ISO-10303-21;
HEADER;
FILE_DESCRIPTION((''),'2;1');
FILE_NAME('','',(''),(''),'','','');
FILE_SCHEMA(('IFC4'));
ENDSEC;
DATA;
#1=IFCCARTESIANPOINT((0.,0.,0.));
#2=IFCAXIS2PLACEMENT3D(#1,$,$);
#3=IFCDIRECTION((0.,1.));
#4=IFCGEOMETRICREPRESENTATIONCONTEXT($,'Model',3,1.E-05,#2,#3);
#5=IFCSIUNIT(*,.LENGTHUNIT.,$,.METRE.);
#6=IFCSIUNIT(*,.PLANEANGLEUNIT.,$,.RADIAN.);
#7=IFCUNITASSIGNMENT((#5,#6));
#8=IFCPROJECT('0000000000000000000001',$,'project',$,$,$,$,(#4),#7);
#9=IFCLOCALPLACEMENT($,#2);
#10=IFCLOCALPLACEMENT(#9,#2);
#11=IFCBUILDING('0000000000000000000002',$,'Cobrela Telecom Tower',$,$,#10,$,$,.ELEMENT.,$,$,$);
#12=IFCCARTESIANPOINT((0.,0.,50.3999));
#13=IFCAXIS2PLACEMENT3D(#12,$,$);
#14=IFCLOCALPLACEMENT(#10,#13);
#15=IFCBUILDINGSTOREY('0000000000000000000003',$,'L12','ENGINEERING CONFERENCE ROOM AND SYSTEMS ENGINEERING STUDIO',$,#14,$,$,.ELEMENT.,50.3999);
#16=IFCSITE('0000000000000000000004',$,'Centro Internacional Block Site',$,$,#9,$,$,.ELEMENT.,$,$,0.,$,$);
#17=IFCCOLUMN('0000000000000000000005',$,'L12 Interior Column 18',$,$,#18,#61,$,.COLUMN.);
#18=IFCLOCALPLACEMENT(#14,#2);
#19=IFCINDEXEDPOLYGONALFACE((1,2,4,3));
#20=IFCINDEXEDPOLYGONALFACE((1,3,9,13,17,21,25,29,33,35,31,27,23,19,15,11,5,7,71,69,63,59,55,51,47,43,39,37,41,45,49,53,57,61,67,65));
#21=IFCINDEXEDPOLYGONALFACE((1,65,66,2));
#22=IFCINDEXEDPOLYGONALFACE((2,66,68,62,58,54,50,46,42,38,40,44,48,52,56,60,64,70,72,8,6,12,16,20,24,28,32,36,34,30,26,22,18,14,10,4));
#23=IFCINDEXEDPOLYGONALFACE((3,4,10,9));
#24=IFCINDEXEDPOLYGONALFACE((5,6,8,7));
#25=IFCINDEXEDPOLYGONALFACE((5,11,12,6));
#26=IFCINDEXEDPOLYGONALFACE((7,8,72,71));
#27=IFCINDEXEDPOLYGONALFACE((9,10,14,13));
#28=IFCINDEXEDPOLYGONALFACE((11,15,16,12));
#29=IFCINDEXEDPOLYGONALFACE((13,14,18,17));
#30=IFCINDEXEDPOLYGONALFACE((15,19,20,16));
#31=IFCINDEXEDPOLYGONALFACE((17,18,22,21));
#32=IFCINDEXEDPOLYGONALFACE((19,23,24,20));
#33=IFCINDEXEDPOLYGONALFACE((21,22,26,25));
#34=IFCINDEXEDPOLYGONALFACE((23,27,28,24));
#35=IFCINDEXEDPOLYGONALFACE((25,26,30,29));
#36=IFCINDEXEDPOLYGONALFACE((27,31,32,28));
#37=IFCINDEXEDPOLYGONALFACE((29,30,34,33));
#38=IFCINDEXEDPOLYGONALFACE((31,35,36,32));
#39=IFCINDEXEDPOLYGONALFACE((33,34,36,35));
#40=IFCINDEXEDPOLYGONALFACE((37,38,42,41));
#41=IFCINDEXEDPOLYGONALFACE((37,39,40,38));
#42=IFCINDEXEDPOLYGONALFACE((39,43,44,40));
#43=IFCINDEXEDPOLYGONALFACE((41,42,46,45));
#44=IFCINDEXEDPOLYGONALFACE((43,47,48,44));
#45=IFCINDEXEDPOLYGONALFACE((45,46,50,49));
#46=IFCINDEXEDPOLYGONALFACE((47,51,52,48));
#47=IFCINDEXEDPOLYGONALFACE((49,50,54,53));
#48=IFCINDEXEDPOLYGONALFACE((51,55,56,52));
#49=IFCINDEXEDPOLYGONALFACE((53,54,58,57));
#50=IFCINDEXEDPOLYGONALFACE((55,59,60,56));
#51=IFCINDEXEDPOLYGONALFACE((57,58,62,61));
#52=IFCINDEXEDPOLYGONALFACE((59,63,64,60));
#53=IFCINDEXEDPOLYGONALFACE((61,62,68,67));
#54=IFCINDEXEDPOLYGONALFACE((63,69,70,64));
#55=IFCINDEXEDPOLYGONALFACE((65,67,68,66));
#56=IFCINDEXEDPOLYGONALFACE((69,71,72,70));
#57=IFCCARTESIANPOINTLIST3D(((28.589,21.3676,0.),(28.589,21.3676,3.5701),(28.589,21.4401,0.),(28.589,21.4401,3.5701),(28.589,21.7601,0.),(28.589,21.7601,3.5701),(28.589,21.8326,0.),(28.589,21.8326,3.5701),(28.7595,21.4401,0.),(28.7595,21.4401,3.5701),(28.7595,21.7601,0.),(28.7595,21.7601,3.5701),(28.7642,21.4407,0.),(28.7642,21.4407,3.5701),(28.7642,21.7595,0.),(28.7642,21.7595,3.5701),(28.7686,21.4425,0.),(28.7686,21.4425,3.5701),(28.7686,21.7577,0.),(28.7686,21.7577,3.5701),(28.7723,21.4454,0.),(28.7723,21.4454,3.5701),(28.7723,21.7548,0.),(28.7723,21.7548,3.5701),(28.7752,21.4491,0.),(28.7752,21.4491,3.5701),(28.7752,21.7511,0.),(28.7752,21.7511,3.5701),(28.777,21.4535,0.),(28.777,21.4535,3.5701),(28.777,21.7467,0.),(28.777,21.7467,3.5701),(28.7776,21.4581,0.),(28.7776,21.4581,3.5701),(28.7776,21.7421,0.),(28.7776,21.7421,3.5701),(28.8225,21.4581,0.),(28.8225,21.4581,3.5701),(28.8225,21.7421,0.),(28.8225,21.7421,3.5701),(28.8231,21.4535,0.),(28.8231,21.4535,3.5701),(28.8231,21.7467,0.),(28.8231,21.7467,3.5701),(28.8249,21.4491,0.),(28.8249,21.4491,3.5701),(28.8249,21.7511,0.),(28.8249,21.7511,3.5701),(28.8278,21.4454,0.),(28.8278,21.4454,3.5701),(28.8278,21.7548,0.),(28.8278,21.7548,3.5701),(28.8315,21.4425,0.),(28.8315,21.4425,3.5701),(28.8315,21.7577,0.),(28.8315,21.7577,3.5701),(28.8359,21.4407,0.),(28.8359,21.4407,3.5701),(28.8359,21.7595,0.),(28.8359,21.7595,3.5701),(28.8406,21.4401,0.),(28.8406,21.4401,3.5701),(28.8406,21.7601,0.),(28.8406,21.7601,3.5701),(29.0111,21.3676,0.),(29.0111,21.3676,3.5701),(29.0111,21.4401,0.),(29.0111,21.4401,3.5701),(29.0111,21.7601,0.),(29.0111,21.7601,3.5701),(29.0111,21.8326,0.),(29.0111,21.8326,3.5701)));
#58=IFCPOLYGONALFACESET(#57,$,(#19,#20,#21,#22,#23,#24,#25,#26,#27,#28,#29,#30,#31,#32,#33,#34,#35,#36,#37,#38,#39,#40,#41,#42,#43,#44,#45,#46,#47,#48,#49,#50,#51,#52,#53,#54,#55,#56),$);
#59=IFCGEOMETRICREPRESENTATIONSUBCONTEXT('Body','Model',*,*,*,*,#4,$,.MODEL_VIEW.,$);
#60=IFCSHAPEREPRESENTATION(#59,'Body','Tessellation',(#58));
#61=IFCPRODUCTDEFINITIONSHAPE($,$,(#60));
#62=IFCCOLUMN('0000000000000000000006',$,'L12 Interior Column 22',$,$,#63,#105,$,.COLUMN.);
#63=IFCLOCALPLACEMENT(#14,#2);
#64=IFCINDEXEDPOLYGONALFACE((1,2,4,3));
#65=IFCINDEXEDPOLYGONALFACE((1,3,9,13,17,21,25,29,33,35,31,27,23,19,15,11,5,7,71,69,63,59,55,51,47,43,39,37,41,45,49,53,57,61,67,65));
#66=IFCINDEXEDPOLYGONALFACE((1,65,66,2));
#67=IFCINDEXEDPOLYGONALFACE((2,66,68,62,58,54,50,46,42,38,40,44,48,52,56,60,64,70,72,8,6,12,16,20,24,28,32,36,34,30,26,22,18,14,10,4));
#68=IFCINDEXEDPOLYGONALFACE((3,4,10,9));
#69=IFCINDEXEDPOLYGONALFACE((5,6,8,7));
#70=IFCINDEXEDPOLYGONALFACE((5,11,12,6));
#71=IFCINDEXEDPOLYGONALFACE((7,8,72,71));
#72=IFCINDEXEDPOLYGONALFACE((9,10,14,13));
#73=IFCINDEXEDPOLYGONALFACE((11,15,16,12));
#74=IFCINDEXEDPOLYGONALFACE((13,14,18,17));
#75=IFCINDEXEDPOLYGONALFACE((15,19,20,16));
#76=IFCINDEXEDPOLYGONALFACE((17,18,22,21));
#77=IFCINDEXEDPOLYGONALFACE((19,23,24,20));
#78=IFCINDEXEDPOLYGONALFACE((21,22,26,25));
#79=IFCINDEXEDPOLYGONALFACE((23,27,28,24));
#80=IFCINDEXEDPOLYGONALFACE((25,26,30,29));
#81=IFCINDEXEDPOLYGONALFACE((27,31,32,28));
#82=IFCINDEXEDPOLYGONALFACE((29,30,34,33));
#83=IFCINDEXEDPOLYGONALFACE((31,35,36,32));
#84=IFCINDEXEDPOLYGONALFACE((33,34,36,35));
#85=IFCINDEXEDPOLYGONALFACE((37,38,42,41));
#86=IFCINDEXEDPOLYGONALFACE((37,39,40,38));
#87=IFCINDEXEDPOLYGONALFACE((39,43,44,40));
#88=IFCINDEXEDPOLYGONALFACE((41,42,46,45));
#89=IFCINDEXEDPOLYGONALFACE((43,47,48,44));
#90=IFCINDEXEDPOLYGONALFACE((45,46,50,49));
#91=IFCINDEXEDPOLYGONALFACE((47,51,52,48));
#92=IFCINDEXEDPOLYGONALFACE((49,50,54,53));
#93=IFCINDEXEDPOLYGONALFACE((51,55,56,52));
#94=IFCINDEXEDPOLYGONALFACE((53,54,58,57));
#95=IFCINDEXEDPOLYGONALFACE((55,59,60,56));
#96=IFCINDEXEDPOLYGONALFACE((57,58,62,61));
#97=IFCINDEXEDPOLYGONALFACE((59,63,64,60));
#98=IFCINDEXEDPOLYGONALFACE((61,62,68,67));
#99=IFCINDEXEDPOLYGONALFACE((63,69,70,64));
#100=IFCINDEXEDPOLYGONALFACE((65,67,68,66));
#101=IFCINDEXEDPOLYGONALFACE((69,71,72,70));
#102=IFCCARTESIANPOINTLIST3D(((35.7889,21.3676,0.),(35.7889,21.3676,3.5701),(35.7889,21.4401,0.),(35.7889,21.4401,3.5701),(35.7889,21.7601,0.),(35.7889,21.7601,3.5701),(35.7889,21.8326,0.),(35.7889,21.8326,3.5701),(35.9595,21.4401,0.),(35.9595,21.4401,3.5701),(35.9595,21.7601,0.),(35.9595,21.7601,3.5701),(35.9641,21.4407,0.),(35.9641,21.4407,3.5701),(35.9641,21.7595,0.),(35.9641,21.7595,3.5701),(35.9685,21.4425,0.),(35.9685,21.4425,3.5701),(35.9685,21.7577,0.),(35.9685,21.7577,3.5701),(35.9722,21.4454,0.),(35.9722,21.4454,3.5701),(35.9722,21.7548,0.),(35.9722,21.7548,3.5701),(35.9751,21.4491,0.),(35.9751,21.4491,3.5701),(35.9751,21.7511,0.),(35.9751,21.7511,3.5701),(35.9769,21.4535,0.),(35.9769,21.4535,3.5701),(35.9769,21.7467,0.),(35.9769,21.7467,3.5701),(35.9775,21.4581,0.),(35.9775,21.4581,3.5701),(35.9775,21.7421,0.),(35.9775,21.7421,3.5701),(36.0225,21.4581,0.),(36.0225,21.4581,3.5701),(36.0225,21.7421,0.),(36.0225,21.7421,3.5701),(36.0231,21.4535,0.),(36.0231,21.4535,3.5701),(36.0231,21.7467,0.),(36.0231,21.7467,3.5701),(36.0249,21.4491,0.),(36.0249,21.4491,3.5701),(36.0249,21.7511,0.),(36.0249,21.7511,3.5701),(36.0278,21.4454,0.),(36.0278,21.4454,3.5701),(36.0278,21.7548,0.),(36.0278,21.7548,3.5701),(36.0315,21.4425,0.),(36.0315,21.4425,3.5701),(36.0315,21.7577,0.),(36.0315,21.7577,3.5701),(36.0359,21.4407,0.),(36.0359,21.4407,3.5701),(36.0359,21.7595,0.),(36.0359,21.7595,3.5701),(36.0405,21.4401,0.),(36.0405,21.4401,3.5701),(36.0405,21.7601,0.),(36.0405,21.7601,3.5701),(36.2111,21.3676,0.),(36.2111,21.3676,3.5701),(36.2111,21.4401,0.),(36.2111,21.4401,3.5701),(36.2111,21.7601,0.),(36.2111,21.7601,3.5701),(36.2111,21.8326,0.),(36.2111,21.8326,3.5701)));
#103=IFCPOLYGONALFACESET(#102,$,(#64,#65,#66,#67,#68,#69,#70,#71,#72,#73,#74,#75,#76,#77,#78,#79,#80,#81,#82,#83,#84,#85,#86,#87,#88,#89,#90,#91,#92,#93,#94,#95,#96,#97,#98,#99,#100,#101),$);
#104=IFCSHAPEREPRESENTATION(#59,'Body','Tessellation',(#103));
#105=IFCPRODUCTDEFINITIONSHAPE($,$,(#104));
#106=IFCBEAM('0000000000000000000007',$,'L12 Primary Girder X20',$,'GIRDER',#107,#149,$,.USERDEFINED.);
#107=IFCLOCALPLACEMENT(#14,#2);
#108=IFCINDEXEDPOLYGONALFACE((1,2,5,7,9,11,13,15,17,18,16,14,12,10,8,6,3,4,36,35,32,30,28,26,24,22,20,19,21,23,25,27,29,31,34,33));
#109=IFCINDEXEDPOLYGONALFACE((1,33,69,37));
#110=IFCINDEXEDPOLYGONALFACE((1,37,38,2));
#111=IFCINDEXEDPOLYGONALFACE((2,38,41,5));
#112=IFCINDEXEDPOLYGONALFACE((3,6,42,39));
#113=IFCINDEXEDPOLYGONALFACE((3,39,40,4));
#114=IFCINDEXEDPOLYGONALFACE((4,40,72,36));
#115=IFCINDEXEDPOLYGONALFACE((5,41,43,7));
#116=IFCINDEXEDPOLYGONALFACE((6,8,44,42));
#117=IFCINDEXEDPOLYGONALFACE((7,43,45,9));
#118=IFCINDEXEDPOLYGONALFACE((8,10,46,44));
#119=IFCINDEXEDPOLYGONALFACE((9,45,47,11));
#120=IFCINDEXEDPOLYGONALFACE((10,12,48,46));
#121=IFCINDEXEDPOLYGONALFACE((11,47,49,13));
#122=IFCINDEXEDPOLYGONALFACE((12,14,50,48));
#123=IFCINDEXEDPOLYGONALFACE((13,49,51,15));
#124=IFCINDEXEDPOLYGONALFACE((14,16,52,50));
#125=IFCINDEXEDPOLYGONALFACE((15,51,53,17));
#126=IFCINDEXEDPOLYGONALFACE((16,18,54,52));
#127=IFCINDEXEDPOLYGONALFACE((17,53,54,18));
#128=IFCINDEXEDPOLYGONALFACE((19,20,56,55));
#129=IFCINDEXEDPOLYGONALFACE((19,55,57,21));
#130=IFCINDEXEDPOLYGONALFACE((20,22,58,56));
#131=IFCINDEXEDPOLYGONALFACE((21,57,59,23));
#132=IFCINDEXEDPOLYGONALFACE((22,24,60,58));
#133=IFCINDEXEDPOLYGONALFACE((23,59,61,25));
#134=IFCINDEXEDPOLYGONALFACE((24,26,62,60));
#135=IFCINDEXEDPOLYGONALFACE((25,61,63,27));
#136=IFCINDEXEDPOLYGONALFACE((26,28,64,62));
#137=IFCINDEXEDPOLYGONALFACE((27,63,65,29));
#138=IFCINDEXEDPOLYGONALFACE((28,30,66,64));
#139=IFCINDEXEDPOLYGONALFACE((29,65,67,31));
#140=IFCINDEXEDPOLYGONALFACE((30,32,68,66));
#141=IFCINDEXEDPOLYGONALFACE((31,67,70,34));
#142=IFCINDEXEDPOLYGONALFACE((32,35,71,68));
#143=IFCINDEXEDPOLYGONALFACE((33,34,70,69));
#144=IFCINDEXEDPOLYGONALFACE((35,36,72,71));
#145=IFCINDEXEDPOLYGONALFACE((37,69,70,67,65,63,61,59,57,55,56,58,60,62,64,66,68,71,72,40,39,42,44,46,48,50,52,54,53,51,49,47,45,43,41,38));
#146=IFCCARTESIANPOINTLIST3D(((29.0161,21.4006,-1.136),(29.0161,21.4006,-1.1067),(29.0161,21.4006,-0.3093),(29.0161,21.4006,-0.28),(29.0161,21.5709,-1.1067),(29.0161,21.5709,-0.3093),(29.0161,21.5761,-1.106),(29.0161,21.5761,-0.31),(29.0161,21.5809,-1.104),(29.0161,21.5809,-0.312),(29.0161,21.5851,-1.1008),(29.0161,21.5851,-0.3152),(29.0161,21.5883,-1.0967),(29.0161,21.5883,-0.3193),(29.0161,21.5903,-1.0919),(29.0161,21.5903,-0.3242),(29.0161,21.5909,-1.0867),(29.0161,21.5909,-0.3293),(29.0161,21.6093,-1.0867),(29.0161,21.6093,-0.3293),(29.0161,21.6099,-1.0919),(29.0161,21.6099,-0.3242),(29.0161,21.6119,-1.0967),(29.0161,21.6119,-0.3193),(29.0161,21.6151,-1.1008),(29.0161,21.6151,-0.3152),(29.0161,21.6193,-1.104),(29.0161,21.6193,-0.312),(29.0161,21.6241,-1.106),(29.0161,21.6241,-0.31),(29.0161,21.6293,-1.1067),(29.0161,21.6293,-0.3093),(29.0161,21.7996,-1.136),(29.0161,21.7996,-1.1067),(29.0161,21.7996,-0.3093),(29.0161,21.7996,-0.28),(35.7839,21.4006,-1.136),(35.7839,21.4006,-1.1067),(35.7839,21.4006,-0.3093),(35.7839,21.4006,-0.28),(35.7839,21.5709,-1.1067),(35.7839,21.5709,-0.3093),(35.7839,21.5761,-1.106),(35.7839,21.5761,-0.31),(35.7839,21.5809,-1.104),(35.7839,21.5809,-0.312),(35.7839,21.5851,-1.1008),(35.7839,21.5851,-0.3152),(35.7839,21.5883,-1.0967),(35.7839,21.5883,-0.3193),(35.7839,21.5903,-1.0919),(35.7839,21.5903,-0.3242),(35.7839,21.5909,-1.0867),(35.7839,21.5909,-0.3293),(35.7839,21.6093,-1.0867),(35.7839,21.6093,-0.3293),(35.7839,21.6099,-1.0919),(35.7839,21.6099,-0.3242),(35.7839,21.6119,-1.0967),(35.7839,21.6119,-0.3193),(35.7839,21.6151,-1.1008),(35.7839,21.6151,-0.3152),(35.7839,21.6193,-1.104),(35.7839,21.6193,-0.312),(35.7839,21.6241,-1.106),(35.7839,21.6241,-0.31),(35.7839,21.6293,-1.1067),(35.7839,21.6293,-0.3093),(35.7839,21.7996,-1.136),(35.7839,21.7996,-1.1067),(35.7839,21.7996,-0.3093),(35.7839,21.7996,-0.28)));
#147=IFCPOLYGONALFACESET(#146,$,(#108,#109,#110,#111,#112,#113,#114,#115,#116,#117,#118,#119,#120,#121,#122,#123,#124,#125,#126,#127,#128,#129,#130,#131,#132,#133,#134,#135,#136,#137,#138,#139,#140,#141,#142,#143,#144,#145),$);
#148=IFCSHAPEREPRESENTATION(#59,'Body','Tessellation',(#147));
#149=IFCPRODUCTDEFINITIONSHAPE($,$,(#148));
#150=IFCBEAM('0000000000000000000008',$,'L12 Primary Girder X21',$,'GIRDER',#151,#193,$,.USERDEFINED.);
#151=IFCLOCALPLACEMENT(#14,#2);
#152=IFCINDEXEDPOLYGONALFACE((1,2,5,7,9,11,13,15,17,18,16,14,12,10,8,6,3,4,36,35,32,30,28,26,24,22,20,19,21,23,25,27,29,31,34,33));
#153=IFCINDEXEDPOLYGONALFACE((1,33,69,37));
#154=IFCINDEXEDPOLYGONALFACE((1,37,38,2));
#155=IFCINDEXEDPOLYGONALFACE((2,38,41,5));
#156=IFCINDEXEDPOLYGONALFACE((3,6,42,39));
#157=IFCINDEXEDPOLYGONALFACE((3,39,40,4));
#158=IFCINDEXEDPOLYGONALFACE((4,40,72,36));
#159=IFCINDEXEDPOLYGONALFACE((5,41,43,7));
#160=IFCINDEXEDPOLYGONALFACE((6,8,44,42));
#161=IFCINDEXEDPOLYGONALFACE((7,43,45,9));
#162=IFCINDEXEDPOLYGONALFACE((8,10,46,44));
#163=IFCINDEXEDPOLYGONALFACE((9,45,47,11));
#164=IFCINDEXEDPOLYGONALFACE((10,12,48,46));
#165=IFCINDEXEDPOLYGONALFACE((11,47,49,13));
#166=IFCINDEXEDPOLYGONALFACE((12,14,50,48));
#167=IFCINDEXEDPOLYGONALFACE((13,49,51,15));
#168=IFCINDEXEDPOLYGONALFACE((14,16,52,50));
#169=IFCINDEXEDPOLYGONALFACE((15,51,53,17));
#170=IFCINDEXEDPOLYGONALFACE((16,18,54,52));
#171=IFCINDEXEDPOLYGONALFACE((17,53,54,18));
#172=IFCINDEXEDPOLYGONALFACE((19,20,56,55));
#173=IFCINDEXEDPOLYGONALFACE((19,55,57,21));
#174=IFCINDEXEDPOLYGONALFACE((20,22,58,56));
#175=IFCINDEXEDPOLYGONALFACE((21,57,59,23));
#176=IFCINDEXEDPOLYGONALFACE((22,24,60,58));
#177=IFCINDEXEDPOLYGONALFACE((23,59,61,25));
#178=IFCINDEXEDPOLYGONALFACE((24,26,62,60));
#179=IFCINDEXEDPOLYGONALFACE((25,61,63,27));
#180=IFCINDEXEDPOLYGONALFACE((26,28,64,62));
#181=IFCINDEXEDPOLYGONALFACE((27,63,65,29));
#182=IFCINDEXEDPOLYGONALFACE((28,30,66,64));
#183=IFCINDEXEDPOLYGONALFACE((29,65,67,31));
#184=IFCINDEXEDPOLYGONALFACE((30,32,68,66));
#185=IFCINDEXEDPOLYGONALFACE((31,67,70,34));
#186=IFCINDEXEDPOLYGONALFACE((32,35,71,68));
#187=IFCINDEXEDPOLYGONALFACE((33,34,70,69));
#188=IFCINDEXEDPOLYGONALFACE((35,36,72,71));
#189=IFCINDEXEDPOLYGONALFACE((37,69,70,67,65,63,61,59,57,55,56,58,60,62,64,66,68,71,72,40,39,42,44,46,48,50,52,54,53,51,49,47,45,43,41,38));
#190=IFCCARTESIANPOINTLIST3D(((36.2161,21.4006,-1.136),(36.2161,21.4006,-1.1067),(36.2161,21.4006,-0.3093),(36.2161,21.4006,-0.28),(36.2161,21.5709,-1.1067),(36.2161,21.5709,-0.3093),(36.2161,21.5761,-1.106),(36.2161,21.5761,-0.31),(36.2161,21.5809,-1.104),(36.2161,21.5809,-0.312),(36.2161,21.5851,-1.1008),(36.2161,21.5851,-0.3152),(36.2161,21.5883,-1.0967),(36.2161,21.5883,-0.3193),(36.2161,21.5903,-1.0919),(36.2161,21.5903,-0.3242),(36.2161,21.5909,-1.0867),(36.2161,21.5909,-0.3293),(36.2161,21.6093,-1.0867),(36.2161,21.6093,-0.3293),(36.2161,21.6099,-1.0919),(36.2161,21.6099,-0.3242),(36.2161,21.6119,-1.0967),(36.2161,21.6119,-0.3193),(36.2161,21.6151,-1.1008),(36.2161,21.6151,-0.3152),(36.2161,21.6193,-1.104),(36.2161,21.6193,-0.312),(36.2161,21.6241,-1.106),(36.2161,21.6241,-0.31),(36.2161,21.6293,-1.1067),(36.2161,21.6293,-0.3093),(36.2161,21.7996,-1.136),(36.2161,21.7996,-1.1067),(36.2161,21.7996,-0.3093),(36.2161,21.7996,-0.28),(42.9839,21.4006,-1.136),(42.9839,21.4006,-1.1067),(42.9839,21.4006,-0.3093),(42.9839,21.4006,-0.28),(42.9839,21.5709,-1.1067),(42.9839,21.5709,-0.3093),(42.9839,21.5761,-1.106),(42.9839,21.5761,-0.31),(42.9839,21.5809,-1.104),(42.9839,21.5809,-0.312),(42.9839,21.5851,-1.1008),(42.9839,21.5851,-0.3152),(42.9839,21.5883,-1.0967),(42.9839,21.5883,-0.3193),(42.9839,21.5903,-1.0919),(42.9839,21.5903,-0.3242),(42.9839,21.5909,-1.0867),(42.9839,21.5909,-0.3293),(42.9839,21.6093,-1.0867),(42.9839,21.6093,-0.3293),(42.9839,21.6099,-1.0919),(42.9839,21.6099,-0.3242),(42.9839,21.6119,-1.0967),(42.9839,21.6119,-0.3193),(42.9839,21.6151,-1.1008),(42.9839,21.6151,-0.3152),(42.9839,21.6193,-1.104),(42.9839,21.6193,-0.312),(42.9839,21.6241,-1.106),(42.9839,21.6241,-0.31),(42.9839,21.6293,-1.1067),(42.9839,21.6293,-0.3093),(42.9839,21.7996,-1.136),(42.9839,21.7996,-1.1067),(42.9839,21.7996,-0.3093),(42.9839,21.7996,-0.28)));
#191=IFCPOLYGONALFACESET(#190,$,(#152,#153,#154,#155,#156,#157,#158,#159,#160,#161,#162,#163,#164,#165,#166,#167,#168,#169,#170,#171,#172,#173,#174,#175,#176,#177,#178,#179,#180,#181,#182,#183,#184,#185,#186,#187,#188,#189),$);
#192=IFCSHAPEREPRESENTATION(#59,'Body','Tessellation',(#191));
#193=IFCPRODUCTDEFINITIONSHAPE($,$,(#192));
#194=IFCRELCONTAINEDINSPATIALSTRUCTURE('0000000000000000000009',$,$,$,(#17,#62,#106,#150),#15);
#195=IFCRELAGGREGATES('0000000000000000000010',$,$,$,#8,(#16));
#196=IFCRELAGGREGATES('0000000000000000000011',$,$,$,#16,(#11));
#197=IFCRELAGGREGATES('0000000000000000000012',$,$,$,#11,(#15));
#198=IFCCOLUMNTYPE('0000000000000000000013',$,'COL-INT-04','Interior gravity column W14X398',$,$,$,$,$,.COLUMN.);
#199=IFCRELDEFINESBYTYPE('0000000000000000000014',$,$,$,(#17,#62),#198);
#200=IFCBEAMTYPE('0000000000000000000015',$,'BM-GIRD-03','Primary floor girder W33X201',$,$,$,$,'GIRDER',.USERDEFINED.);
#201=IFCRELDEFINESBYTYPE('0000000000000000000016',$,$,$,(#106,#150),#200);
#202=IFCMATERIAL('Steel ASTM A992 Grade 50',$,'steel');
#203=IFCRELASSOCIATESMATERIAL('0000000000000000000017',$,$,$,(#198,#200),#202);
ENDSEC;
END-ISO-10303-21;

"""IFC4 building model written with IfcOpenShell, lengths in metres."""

from ifc_helpers import new_model, si_unit, direction, frame, origin, origin_2d, place, context, subcontext, project, spatial, i_section, extrude, material, material_profile, profile_set, type_object, element, save


model = new_model("IFC4")

# Units and contexts
model_context = context("Model", 3, precision=1e-05, world=origin(), true_north=direction((0.0, 1.0)))
body_context = subcontext(model_context, "Body", "Model", "MODEL_VIEW")
ifc_project = project(units=[si_unit("LENGTHUNIT", "METRE"), si_unit("PLANEANGLEUNIT", "RADIAN")], contexts=[model_context])

# Site, building, storey
site_placement = place(None, origin())
site = spatial("IfcSite", under=ifc_project, at=site_placement, Name="Centro Internacional Block Site", CompositionType="ELEMENT", RefElevation=0.0)
building_placement = place(site_placement, origin())
building = spatial("IfcBuilding", under=site, at=building_placement, Name="Cobrela Telecom Tower", CompositionType="ELEMENT")
storey_placement = place(building_placement, frame((0.0, 0.0, 50.3999)))
storey = spatial("IfcBuildingStorey", under=building, at=storey_placement, Name="L12", Description="ENGINEERING CONFERENCE ROOM AND SYSTEMS ENGINEERING STUDIO", CompositionType="ELEMENT", Elevation=50.3999)

# Columns
ifc_material_1 = material(Name="Steel ASTM A992 Grade 50", Category="steel")
ifc_material_profile_1 = material_profile(ifc_material_1, i_section(OverallWidth=0.4221, OverallDepth=0.4651, WebThickness=0.0449, FlangeThickness=0.0725, FilletRadius=0.0181, at=origin_2d()), Name="W14X398")
ifc_profile_set_1 = profile_set([ifc_material_profile_1], Name="Steel ASTM A992 Grade 50")
column_type = type_object("IfcColumnType", Name="COL-INT-04", Description="Interior gravity column W14X398", PredefinedType="COLUMN", material=ifc_profile_set_1)
for number, where, z_axis, x_axis, name in (
    (1, (28.8, 21.6001, 0.0), (0.0, 0.0, 1.0), (1.0, 0.0, 0.0), "L12 Interior Column 18"),
    (2, (36.0, 21.6001, 0.0), (0.0, 0.0, 1.0), (1.0, 0.0, 0.0), "L12 Interior Column 22"),
):
    element("IfcColumn", number, at=place(storey_placement, frame(where, z_axis=z_axis, x_axis=x_axis)), inside=storey, type_object=column_type, Name=name, PredefinedType="COLUMN", context=body_context, shape_type="SweptSolid", body=[
        extrude(i_section(OverallWidth=0.4221, OverallDepth=0.4651, WebThickness=0.0449, FlangeThickness=0.0725, FilletRadius=0.0181, at=origin_2d()), origin(), (0.0, 0.0, 1.0), 3.5701),
    ])

# Beams
ifc_material_profile_2 = material_profile(ifc_material_1, i_section(OverallWidth=0.3989, OverallDepth=0.856, WebThickness=0.0183, FlangeThickness=0.0293, FilletRadius=0.02, at=origin_2d()), Name="W33X201")
ifc_profile_set_2 = profile_set([ifc_material_profile_2], Name="Steel ASTM A992 Grade 50")
beam_type_1 = type_object("IfcBeamType", Name="BM-GIRD-03", Description="Primary floor girder W33X201", ElementType="GIRDER", PredefinedType="USERDEFINED", material=ifc_profile_set_2)
for number, where, z_axis, x_axis, name in (
    (3, (29.0161, 21.6001, -0.708), (1.0, 0.0, 0.0), (0.0, 1.0, 0.0), "L12 Primary Girder X20"),
    (4, (36.2161, 21.6001, -0.708), (1.0, 0.0, 0.0), (0.0, 1.0, 0.0), "L12 Primary Girder X21"),
):
    element("IfcBeam", number, at=place(storey_placement, frame(where, z_axis=z_axis, x_axis=x_axis)), inside=storey, type_object=beam_type_1, Name=name, ObjectType="GIRDER", PredefinedType="USERDEFINED", context=body_context, shape_type="SweptSolid", body=[
        extrude(i_section(OverallWidth=0.3989, OverallDepth=0.856, WebThickness=0.0183, FlangeThickness=0.0293, FilletRadius=0.02, at=origin_2d()), origin(), (0.0, 0.0, 1.0), 6.7678),
    ])

save(model, "model.ifc")
